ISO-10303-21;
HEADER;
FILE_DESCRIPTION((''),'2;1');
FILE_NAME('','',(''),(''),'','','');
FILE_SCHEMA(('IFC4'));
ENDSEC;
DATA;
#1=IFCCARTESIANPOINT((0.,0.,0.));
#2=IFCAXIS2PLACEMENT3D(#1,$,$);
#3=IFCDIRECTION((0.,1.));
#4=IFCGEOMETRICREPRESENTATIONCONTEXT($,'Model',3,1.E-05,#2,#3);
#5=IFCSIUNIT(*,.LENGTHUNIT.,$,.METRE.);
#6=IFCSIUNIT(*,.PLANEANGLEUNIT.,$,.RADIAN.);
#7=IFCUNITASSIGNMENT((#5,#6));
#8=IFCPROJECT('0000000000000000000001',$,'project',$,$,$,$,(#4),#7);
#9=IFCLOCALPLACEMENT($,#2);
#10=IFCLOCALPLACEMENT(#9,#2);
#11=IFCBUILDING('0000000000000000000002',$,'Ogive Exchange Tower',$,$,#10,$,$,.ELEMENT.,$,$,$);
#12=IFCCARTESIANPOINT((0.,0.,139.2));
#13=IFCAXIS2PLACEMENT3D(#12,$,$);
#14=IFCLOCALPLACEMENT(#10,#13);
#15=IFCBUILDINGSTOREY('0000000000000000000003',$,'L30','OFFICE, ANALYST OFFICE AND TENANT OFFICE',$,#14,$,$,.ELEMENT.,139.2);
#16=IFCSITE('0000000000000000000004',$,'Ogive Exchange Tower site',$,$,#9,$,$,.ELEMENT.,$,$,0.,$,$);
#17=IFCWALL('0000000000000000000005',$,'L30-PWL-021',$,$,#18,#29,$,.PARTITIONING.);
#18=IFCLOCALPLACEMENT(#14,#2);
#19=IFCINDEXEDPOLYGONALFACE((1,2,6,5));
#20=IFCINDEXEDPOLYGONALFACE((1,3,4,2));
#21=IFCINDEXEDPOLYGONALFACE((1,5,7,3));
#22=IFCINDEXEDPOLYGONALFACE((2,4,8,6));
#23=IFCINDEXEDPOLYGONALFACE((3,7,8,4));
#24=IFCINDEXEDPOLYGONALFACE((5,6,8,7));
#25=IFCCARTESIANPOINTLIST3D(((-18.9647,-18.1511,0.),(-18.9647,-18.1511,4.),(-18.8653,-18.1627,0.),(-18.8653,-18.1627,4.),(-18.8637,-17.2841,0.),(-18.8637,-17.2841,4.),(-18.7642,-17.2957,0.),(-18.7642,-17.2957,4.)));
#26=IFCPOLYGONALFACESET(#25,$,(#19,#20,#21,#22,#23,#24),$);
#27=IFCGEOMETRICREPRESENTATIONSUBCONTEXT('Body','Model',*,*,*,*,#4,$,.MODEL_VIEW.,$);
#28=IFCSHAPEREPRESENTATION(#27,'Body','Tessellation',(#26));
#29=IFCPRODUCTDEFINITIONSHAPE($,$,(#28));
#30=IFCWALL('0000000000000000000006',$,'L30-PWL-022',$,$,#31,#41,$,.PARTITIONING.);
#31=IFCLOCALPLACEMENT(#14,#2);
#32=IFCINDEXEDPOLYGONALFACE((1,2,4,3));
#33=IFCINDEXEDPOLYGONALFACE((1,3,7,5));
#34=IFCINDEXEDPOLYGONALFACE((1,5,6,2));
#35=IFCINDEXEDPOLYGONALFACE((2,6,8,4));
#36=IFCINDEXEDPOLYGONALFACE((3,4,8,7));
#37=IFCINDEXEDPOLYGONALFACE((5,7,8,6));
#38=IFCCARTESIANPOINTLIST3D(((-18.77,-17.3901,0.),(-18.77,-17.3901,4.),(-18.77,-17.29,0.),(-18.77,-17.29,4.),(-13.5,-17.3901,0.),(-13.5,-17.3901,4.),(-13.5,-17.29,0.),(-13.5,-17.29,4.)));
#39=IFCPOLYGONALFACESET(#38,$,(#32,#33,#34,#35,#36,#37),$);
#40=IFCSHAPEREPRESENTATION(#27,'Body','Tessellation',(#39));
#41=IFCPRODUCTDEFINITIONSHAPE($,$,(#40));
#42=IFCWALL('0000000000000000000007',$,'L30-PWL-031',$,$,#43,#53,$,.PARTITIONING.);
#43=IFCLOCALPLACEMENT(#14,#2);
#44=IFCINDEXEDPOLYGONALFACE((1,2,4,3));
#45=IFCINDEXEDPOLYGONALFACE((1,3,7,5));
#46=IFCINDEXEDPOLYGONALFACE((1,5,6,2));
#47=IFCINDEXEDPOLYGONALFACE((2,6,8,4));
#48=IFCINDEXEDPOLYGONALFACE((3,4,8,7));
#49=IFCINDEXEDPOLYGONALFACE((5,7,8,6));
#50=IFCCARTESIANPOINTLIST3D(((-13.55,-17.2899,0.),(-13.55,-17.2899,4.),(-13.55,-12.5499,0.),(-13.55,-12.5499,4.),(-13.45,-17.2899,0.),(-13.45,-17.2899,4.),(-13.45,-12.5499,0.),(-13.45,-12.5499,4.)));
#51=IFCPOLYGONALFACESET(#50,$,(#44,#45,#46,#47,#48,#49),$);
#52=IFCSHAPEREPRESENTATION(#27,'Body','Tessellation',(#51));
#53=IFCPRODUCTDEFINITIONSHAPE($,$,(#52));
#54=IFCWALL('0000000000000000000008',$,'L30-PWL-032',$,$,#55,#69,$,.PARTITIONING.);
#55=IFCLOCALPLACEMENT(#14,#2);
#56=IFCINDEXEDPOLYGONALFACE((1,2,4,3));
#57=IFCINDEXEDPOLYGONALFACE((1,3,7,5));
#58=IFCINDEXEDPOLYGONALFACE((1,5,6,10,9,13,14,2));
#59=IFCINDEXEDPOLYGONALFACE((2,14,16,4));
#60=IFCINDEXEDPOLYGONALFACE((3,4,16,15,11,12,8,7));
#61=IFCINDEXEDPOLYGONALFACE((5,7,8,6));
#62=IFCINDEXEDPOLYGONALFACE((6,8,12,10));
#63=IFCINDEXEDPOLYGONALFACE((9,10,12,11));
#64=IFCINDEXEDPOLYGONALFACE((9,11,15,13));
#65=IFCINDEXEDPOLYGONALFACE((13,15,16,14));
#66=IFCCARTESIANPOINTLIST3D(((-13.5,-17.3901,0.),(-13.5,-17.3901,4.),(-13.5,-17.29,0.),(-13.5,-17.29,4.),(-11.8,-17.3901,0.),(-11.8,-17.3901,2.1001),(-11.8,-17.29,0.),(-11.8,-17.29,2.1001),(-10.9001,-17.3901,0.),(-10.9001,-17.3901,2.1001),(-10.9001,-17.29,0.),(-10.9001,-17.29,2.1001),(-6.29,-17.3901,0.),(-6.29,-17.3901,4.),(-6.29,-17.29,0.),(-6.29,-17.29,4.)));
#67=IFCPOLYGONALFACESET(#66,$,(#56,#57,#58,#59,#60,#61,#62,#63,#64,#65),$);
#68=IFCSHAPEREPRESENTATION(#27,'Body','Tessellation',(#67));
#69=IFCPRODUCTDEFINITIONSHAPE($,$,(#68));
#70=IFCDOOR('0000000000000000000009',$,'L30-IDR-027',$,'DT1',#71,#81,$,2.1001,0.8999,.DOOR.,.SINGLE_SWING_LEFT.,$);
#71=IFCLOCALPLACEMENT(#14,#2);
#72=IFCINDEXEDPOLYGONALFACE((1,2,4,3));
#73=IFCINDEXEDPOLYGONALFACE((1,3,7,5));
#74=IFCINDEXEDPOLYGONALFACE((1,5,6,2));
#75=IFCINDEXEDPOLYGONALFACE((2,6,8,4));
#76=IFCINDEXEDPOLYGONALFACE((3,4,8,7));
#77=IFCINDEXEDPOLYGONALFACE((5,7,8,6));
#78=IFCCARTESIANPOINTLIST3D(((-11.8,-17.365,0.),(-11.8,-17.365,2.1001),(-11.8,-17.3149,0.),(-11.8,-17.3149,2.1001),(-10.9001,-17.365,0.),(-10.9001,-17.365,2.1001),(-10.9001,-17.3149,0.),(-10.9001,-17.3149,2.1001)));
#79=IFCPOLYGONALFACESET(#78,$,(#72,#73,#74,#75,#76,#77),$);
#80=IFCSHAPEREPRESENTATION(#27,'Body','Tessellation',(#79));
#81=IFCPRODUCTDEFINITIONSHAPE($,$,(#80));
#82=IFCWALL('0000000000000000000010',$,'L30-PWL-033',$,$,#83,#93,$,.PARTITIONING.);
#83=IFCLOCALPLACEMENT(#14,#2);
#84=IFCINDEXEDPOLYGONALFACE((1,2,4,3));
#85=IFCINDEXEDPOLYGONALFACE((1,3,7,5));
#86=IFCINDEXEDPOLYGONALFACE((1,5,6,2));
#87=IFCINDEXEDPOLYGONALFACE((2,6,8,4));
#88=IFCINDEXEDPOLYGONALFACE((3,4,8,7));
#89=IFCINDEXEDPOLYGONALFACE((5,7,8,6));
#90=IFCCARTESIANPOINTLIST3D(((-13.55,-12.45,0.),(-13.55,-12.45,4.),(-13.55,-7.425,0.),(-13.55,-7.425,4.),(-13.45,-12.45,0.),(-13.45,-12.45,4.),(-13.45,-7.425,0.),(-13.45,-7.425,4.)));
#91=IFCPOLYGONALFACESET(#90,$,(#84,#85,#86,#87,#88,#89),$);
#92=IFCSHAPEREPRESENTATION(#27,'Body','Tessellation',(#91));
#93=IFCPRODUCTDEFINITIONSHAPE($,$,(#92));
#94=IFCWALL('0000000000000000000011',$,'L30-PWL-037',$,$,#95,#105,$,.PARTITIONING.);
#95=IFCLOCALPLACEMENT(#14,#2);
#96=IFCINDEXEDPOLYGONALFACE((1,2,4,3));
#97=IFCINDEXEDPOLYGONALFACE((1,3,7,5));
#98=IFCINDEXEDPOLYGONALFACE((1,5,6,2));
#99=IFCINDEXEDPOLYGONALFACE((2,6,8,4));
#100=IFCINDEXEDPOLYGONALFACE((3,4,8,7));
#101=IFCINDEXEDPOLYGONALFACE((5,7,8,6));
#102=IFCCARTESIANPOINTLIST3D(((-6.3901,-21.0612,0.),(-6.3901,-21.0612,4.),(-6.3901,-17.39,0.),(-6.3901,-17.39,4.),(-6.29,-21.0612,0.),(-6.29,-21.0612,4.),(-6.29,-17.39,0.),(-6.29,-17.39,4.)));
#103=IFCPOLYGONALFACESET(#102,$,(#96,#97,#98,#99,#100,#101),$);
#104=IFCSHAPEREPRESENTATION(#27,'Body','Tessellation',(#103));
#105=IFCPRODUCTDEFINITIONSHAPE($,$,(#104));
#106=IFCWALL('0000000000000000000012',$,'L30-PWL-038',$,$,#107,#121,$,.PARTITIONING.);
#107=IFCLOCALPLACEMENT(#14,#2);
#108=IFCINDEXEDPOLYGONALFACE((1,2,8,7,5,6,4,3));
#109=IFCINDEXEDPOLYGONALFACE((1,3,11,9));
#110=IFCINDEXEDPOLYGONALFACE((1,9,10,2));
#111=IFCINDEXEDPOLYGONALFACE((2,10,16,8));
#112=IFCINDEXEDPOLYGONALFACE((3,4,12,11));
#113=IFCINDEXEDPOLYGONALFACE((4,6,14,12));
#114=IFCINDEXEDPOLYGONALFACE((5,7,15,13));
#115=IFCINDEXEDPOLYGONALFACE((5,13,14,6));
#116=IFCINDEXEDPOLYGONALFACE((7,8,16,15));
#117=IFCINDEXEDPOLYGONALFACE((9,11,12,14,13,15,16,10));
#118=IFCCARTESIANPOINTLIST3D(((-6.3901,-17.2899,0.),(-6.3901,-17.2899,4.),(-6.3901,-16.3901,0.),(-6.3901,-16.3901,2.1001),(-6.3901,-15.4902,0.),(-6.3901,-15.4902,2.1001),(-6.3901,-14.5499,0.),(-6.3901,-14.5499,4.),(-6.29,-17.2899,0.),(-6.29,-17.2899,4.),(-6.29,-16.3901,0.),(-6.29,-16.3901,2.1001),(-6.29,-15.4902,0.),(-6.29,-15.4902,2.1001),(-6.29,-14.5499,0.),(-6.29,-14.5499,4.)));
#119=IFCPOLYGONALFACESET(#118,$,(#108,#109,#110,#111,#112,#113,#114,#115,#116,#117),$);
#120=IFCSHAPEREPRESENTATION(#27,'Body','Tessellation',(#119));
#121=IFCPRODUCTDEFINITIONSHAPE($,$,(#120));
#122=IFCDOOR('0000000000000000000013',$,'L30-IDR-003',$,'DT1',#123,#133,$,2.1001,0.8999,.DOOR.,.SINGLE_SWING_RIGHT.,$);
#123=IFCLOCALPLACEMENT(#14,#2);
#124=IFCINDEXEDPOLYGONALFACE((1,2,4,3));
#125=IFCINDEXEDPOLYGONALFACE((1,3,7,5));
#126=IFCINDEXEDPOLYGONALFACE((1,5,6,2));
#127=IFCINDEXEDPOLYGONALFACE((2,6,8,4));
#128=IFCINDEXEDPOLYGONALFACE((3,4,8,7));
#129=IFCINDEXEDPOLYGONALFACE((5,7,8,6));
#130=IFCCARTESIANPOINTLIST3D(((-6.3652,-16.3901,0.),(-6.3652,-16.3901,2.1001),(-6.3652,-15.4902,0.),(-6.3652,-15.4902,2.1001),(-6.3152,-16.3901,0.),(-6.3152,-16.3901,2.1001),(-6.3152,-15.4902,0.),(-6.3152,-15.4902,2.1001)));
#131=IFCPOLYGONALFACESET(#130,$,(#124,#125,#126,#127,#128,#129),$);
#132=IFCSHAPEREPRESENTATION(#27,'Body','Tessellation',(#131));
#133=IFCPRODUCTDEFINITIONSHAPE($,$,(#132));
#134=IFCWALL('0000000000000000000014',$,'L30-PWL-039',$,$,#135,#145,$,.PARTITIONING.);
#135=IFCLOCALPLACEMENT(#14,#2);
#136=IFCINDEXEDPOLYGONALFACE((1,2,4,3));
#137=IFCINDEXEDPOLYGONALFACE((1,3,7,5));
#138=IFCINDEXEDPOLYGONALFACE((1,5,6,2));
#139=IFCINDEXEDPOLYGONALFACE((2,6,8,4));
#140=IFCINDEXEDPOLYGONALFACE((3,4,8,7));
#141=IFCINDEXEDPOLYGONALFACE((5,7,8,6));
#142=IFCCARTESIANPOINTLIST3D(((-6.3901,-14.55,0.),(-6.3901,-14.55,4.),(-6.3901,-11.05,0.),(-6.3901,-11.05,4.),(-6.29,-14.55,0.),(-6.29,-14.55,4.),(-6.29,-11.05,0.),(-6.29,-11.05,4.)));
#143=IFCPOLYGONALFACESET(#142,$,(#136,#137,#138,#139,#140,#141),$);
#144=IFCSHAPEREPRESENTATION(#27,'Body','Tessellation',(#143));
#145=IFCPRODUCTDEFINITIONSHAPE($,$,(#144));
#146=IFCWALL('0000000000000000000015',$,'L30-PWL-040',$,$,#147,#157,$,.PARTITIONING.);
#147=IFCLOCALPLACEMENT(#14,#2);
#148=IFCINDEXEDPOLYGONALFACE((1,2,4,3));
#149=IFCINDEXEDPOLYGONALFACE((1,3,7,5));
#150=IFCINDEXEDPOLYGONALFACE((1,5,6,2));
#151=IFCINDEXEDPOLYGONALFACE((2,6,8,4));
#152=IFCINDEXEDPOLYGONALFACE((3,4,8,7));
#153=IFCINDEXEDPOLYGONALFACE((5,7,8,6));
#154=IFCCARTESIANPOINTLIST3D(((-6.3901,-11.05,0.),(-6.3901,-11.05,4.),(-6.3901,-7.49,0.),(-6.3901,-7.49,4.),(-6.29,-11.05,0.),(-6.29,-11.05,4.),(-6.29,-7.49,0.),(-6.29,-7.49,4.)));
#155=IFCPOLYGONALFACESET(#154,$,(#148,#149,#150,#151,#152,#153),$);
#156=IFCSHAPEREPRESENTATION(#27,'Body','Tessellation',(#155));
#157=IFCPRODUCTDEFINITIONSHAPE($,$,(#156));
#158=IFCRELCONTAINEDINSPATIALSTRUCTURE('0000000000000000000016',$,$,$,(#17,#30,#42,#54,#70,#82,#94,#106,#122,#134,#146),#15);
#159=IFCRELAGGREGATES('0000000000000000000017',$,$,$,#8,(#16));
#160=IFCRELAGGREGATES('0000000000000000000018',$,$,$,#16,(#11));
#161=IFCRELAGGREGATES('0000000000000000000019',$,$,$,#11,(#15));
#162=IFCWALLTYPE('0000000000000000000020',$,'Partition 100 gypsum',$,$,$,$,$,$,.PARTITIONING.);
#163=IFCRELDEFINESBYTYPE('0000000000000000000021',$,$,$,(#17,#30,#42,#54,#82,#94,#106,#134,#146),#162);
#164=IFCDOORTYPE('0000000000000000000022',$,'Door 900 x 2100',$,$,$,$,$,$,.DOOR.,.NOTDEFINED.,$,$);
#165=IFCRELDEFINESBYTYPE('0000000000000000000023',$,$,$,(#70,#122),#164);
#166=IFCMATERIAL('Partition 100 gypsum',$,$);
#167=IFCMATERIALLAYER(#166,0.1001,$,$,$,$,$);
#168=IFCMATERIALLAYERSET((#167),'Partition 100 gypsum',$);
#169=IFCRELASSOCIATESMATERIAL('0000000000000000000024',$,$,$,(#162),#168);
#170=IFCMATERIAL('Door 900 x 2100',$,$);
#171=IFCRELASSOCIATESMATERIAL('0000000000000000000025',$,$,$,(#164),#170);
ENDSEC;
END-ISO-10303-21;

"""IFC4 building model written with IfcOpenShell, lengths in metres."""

from ifc_helpers import new_model, si_unit, direction, frame, frame_2d, origin, place, context, subcontext, project, spatial, rectangle, extrude, material, layer, layer_set, type_object, element, fill, save


model = new_model("IFC4")

# Units and contexts
model_context = context("Model", 3, precision=1e-05, world=origin(), true_north=direction((0.0, 1.0)))
body_context = subcontext(model_context, "Body", "Model", "MODEL_VIEW")
ifc_project = project(units=[si_unit("LENGTHUNIT", "METRE"), si_unit("PLANEANGLEUNIT", "RADIAN")], contexts=[model_context])

# Site, building, storey
site_placement = place(None, origin())
site = spatial("IfcSite", under=ifc_project, at=site_placement, Name="Ogive Exchange Tower site", CompositionType="ELEMENT", RefElevation=0.0)
building_placement = place(site_placement, origin())
building = spatial("IfcBuilding", under=site, at=building_placement, Name="Ogive Exchange Tower", CompositionType="ELEMENT")
storey_placement = place(building_placement, frame((0.0, 0.0, 139.2)))
storey = spatial("IfcBuildingStorey", under=building, at=storey_placement, Name="L30", Description="OFFICE, ANALYST OFFICE AND TENANT OFFICE", CompositionType="ELEMENT", Elevation=139.2)

# Walls
ifc_material_1 = material(Name="Partition 100 gypsum")
ifc_layer_1 = layer(ifc_material_1, 0.1001)
ifc_layer_set_1 = layer_set([ifc_layer_1], Name="Partition 100 gypsum")
wall_type_1 = type_object("IfcWallType", Name="Partition 100 gypsum", PredefinedType="PARTITIONING", material=ifc_layer_set_1)
wall_1_placement = place(storey_placement, frame((-18.915, -18.157, 0.0), z_axis=(0.0, 0.0, 1.0), x_axis=(0.115803, 0.993272, 0.0)))
element("IfcWall", 1, at=wall_1_placement, inside=storey, type_object=wall_type_1, Name="L30-PWL-021", PredefinedType="PARTITIONING", context=body_context, shape_type="SweptSolid", body=[
    extrude(rectangle(XDim=0.8728, YDim=0.1001, at=frame_2d((0.4365, 0.0))), origin(), (0.0, 0.0, 1.0), 4.0),
])
wall_2_placement = place(storey_placement, frame((-18.77, -17.3401, 0.0), z_axis=(0.0, 0.0, 1.0), x_axis=(1.0, 0.0, 0.0)))
element("IfcWall", 2, at=wall_2_placement, inside=storey, type_object=wall_type_1, Name="L30-PWL-022", PredefinedType="PARTITIONING", context=body_context, shape_type="SweptSolid", body=[
    extrude(rectangle(XDim=5.27, YDim=0.1001, at=frame_2d((2.635, 0.0))), origin(), (0.0, 0.0, 1.0), 4.0),
])
wall_3_placement = place(storey_placement, frame((-13.5, -17.29, 0.0), z_axis=(0.0, 0.0, 1.0), x_axis=(0.0, 1.0, 0.0)))
element("IfcWall", 3, at=wall_3_placement, inside=storey, type_object=wall_type_1, Name="L30-PWL-031", PredefinedType="PARTITIONING", context=body_context, shape_type="SweptSolid", body=[
    extrude(rectangle(XDim=4.74, YDim=0.1001, at=frame_2d((2.3701, 0.0))), origin(), (0.0, 0.0, 1.0), 4.0),
])

# Wall, opening, door
wall_4_placement = place(storey_placement, frame((-13.5, -17.3401, 0.0), z_axis=(0.0, 0.0, 1.0), x_axis=(1.0, 0.0, 0.0)))
wall_4 = element("IfcWall", 4, at=wall_4_placement, inside=storey, type_object=wall_type_1, Name="L30-PWL-032", PredefinedType="PARTITIONING", context=body_context, shape_type="SweptSolid", body=[
    extrude(rectangle(XDim=7.21, YDim=0.1001, at=frame_2d((3.605, 0.0))), origin(), (0.0, 0.0, 1.0), 4.0),
])
opening_1_placement = place(wall_4_placement, frame((1.7, 0.0, 0.0)))
opening_1 = element("IfcOpeningElement", 5, at=opening_1_placement, cuts=wall_4, PredefinedType="OPENING", context=body_context, shape_type="SweptSolid", body=[
    extrude(rectangle(XDim=0.8999, YDim=2.1001, at=frame_2d((0.45, 1.05))), frame((0.0, 0.0601, 0.0), z_axis=(0.0, -1.0, 0.0), x_axis=(1.0, 0.0, 0.0)), (0.0, 0.0, 1.0), 0.1201),
])
ifc_material_2 = material(Name="Door 900 x 2100")
door_type_1 = type_object("IfcDoorType", Name="Door 900 x 2100", OperationType="NOTDEFINED", PredefinedType="DOOR", material=ifc_material_2)
door_1_placement = place(opening_1_placement, frame((0.8999, 0.0, 0.0), z_axis=(0.0, 0.0, 1.0), x_axis=(-1.0, 0.0, 0.0)))
door_1 = element("IfcDoor", 6, at=door_1_placement, inside=storey, type_object=door_type_1, Name="L30-IDR-027", ObjectType="DT1", OperationType="SINGLE_SWING_LEFT", OverallHeight=2.1001, OverallWidth=0.8999, PredefinedType="DOOR", context=body_context, shape_type="SweptSolid", body=[
    extrude(rectangle(XDim=0.8999, YDim=2.1001, at=frame_2d((0.45, 1.05))), frame((0.0, 0.0249, 0.0), z_axis=(0.0, -1.0, 0.0), x_axis=(1.0, 0.0, 0.0)), (0.0, 0.0, 1.0), 0.05),
])
fill(opening_1, door_1)

# Walls
wall_5_placement = place(storey_placement, frame((-13.5, -12.45, 0.0), z_axis=(0.0, 0.0, 1.0), x_axis=(0.0, 1.0, 0.0)))
element("IfcWall", 7, at=wall_5_placement, inside=storey, type_object=wall_type_1, Name="L30-PWL-033", PredefinedType="PARTITIONING", context=body_context, shape_type="SweptSolid", body=[
    extrude(rectangle(XDim=5.0249, YDim=0.1001, at=frame_2d((2.5125, 0.0))), origin(), (0.0, 0.0, 1.0), 4.0),
])
wall_6_placement = place(storey_placement, frame((-6.3401, -21.061, 0.0), z_axis=(0.0, 0.0, 1.0), x_axis=(0.0, 1.0, 0.0)))
element("IfcWall", 8, at=wall_6_placement, inside=storey, type_object=wall_type_1, Name="L30-PWL-037", PredefinedType="PARTITIONING", context=body_context, shape_type="SweptSolid", body=[
    extrude(rectangle(XDim=3.6711, YDim=0.1001, at=frame_2d((1.8354, 0.0))), origin(), (0.0, 0.0, 1.0), 4.0),
])

# Wall, opening, door
wall_7_placement = place(storey_placement, frame((-6.3401, -17.29, 0.0), z_axis=(0.0, 0.0, 1.0), x_axis=(0.0, 1.0, 0.0)))
wall_7 = element("IfcWall", 9, at=wall_7_placement, inside=storey, type_object=wall_type_1, Name="L30-PWL-038", PredefinedType="PARTITIONING", context=body_context, shape_type="SweptSolid", body=[
    extrude(rectangle(XDim=2.74, YDim=0.1001, at=frame_2d((1.3701, 0.0))), origin(), (0.0, 0.0, 1.0), 4.0),
])
opening_2_placement = place(wall_7_placement, frame((0.8999, 0.0, 0.0)))
opening_2 = element("IfcOpeningElement", 10, at=opening_2_placement, cuts=wall_7, PredefinedType="OPENING", context=body_context, shape_type="SweptSolid", body=[
    extrude(rectangle(XDim=0.8999, YDim=2.1001, at=frame_2d((0.45, 1.05))), frame((0.0, 0.0601, 0.0), z_axis=(0.0, -1.0, 0.0), x_axis=(1.0, 0.0, 0.0)), (0.0, 0.0, 1.0), 0.1201),
])
door_2_placement = place(opening_2_placement, frame((0.8999, 0.0, 0.0), z_axis=(0.0, 0.0, 1.0), x_axis=(-1.0, 0.0, 0.0)))
door_2 = element("IfcDoor", 11, at=door_2_placement, inside=storey, type_object=door_type_1, Name="L30-IDR-003", ObjectType="DT1", OperationType="SINGLE_SWING_RIGHT", OverallHeight=2.1001, OverallWidth=0.8999, PredefinedType="DOOR", context=body_context, shape_type="SweptSolid", body=[
    extrude(rectangle(XDim=0.8999, YDim=2.1001, at=frame_2d((0.45, 1.05))), frame((0.0, 0.0249, 0.0), z_axis=(0.0, -1.0, 0.0), x_axis=(1.0, 0.0, 0.0)), (0.0, 0.0, 1.0), 0.05),
])
fill(opening_2, door_2)

# Walls
wall_8_placement = place(storey_placement, frame((-6.3401, -14.55, 0.0), z_axis=(0.0, 0.0, 1.0), x_axis=(0.0, 1.0, 0.0)))
element("IfcWall", 12, at=wall_8_placement, inside=storey, type_object=wall_type_1, Name="L30-PWL-039", PredefinedType="PARTITIONING", context=body_context, shape_type="SweptSolid", body=[
    extrude(rectangle(XDim=3.5, YDim=0.1001, at=frame_2d((1.75, 0.0))), origin(), (0.0, 0.0, 1.0), 4.0),
])
wall_9_placement = place(storey_placement, frame((-6.3401, -11.05, 0.0), z_axis=(0.0, 0.0, 1.0), x_axis=(0.0, 1.0, 0.0)))
element("IfcWall", 13, at=wall_9_placement, inside=storey, type_object=wall_type_1, Name="L30-PWL-040", PredefinedType="PARTITIONING", context=body_context, shape_type="SweptSolid", body=[
    extrude(rectangle(XDim=3.5601, YDim=0.1001, at=frame_2d((1.78, 0.0))), origin(), (0.0, 0.0, 1.0), 4.0),
])

save(model, "model.ifc")
